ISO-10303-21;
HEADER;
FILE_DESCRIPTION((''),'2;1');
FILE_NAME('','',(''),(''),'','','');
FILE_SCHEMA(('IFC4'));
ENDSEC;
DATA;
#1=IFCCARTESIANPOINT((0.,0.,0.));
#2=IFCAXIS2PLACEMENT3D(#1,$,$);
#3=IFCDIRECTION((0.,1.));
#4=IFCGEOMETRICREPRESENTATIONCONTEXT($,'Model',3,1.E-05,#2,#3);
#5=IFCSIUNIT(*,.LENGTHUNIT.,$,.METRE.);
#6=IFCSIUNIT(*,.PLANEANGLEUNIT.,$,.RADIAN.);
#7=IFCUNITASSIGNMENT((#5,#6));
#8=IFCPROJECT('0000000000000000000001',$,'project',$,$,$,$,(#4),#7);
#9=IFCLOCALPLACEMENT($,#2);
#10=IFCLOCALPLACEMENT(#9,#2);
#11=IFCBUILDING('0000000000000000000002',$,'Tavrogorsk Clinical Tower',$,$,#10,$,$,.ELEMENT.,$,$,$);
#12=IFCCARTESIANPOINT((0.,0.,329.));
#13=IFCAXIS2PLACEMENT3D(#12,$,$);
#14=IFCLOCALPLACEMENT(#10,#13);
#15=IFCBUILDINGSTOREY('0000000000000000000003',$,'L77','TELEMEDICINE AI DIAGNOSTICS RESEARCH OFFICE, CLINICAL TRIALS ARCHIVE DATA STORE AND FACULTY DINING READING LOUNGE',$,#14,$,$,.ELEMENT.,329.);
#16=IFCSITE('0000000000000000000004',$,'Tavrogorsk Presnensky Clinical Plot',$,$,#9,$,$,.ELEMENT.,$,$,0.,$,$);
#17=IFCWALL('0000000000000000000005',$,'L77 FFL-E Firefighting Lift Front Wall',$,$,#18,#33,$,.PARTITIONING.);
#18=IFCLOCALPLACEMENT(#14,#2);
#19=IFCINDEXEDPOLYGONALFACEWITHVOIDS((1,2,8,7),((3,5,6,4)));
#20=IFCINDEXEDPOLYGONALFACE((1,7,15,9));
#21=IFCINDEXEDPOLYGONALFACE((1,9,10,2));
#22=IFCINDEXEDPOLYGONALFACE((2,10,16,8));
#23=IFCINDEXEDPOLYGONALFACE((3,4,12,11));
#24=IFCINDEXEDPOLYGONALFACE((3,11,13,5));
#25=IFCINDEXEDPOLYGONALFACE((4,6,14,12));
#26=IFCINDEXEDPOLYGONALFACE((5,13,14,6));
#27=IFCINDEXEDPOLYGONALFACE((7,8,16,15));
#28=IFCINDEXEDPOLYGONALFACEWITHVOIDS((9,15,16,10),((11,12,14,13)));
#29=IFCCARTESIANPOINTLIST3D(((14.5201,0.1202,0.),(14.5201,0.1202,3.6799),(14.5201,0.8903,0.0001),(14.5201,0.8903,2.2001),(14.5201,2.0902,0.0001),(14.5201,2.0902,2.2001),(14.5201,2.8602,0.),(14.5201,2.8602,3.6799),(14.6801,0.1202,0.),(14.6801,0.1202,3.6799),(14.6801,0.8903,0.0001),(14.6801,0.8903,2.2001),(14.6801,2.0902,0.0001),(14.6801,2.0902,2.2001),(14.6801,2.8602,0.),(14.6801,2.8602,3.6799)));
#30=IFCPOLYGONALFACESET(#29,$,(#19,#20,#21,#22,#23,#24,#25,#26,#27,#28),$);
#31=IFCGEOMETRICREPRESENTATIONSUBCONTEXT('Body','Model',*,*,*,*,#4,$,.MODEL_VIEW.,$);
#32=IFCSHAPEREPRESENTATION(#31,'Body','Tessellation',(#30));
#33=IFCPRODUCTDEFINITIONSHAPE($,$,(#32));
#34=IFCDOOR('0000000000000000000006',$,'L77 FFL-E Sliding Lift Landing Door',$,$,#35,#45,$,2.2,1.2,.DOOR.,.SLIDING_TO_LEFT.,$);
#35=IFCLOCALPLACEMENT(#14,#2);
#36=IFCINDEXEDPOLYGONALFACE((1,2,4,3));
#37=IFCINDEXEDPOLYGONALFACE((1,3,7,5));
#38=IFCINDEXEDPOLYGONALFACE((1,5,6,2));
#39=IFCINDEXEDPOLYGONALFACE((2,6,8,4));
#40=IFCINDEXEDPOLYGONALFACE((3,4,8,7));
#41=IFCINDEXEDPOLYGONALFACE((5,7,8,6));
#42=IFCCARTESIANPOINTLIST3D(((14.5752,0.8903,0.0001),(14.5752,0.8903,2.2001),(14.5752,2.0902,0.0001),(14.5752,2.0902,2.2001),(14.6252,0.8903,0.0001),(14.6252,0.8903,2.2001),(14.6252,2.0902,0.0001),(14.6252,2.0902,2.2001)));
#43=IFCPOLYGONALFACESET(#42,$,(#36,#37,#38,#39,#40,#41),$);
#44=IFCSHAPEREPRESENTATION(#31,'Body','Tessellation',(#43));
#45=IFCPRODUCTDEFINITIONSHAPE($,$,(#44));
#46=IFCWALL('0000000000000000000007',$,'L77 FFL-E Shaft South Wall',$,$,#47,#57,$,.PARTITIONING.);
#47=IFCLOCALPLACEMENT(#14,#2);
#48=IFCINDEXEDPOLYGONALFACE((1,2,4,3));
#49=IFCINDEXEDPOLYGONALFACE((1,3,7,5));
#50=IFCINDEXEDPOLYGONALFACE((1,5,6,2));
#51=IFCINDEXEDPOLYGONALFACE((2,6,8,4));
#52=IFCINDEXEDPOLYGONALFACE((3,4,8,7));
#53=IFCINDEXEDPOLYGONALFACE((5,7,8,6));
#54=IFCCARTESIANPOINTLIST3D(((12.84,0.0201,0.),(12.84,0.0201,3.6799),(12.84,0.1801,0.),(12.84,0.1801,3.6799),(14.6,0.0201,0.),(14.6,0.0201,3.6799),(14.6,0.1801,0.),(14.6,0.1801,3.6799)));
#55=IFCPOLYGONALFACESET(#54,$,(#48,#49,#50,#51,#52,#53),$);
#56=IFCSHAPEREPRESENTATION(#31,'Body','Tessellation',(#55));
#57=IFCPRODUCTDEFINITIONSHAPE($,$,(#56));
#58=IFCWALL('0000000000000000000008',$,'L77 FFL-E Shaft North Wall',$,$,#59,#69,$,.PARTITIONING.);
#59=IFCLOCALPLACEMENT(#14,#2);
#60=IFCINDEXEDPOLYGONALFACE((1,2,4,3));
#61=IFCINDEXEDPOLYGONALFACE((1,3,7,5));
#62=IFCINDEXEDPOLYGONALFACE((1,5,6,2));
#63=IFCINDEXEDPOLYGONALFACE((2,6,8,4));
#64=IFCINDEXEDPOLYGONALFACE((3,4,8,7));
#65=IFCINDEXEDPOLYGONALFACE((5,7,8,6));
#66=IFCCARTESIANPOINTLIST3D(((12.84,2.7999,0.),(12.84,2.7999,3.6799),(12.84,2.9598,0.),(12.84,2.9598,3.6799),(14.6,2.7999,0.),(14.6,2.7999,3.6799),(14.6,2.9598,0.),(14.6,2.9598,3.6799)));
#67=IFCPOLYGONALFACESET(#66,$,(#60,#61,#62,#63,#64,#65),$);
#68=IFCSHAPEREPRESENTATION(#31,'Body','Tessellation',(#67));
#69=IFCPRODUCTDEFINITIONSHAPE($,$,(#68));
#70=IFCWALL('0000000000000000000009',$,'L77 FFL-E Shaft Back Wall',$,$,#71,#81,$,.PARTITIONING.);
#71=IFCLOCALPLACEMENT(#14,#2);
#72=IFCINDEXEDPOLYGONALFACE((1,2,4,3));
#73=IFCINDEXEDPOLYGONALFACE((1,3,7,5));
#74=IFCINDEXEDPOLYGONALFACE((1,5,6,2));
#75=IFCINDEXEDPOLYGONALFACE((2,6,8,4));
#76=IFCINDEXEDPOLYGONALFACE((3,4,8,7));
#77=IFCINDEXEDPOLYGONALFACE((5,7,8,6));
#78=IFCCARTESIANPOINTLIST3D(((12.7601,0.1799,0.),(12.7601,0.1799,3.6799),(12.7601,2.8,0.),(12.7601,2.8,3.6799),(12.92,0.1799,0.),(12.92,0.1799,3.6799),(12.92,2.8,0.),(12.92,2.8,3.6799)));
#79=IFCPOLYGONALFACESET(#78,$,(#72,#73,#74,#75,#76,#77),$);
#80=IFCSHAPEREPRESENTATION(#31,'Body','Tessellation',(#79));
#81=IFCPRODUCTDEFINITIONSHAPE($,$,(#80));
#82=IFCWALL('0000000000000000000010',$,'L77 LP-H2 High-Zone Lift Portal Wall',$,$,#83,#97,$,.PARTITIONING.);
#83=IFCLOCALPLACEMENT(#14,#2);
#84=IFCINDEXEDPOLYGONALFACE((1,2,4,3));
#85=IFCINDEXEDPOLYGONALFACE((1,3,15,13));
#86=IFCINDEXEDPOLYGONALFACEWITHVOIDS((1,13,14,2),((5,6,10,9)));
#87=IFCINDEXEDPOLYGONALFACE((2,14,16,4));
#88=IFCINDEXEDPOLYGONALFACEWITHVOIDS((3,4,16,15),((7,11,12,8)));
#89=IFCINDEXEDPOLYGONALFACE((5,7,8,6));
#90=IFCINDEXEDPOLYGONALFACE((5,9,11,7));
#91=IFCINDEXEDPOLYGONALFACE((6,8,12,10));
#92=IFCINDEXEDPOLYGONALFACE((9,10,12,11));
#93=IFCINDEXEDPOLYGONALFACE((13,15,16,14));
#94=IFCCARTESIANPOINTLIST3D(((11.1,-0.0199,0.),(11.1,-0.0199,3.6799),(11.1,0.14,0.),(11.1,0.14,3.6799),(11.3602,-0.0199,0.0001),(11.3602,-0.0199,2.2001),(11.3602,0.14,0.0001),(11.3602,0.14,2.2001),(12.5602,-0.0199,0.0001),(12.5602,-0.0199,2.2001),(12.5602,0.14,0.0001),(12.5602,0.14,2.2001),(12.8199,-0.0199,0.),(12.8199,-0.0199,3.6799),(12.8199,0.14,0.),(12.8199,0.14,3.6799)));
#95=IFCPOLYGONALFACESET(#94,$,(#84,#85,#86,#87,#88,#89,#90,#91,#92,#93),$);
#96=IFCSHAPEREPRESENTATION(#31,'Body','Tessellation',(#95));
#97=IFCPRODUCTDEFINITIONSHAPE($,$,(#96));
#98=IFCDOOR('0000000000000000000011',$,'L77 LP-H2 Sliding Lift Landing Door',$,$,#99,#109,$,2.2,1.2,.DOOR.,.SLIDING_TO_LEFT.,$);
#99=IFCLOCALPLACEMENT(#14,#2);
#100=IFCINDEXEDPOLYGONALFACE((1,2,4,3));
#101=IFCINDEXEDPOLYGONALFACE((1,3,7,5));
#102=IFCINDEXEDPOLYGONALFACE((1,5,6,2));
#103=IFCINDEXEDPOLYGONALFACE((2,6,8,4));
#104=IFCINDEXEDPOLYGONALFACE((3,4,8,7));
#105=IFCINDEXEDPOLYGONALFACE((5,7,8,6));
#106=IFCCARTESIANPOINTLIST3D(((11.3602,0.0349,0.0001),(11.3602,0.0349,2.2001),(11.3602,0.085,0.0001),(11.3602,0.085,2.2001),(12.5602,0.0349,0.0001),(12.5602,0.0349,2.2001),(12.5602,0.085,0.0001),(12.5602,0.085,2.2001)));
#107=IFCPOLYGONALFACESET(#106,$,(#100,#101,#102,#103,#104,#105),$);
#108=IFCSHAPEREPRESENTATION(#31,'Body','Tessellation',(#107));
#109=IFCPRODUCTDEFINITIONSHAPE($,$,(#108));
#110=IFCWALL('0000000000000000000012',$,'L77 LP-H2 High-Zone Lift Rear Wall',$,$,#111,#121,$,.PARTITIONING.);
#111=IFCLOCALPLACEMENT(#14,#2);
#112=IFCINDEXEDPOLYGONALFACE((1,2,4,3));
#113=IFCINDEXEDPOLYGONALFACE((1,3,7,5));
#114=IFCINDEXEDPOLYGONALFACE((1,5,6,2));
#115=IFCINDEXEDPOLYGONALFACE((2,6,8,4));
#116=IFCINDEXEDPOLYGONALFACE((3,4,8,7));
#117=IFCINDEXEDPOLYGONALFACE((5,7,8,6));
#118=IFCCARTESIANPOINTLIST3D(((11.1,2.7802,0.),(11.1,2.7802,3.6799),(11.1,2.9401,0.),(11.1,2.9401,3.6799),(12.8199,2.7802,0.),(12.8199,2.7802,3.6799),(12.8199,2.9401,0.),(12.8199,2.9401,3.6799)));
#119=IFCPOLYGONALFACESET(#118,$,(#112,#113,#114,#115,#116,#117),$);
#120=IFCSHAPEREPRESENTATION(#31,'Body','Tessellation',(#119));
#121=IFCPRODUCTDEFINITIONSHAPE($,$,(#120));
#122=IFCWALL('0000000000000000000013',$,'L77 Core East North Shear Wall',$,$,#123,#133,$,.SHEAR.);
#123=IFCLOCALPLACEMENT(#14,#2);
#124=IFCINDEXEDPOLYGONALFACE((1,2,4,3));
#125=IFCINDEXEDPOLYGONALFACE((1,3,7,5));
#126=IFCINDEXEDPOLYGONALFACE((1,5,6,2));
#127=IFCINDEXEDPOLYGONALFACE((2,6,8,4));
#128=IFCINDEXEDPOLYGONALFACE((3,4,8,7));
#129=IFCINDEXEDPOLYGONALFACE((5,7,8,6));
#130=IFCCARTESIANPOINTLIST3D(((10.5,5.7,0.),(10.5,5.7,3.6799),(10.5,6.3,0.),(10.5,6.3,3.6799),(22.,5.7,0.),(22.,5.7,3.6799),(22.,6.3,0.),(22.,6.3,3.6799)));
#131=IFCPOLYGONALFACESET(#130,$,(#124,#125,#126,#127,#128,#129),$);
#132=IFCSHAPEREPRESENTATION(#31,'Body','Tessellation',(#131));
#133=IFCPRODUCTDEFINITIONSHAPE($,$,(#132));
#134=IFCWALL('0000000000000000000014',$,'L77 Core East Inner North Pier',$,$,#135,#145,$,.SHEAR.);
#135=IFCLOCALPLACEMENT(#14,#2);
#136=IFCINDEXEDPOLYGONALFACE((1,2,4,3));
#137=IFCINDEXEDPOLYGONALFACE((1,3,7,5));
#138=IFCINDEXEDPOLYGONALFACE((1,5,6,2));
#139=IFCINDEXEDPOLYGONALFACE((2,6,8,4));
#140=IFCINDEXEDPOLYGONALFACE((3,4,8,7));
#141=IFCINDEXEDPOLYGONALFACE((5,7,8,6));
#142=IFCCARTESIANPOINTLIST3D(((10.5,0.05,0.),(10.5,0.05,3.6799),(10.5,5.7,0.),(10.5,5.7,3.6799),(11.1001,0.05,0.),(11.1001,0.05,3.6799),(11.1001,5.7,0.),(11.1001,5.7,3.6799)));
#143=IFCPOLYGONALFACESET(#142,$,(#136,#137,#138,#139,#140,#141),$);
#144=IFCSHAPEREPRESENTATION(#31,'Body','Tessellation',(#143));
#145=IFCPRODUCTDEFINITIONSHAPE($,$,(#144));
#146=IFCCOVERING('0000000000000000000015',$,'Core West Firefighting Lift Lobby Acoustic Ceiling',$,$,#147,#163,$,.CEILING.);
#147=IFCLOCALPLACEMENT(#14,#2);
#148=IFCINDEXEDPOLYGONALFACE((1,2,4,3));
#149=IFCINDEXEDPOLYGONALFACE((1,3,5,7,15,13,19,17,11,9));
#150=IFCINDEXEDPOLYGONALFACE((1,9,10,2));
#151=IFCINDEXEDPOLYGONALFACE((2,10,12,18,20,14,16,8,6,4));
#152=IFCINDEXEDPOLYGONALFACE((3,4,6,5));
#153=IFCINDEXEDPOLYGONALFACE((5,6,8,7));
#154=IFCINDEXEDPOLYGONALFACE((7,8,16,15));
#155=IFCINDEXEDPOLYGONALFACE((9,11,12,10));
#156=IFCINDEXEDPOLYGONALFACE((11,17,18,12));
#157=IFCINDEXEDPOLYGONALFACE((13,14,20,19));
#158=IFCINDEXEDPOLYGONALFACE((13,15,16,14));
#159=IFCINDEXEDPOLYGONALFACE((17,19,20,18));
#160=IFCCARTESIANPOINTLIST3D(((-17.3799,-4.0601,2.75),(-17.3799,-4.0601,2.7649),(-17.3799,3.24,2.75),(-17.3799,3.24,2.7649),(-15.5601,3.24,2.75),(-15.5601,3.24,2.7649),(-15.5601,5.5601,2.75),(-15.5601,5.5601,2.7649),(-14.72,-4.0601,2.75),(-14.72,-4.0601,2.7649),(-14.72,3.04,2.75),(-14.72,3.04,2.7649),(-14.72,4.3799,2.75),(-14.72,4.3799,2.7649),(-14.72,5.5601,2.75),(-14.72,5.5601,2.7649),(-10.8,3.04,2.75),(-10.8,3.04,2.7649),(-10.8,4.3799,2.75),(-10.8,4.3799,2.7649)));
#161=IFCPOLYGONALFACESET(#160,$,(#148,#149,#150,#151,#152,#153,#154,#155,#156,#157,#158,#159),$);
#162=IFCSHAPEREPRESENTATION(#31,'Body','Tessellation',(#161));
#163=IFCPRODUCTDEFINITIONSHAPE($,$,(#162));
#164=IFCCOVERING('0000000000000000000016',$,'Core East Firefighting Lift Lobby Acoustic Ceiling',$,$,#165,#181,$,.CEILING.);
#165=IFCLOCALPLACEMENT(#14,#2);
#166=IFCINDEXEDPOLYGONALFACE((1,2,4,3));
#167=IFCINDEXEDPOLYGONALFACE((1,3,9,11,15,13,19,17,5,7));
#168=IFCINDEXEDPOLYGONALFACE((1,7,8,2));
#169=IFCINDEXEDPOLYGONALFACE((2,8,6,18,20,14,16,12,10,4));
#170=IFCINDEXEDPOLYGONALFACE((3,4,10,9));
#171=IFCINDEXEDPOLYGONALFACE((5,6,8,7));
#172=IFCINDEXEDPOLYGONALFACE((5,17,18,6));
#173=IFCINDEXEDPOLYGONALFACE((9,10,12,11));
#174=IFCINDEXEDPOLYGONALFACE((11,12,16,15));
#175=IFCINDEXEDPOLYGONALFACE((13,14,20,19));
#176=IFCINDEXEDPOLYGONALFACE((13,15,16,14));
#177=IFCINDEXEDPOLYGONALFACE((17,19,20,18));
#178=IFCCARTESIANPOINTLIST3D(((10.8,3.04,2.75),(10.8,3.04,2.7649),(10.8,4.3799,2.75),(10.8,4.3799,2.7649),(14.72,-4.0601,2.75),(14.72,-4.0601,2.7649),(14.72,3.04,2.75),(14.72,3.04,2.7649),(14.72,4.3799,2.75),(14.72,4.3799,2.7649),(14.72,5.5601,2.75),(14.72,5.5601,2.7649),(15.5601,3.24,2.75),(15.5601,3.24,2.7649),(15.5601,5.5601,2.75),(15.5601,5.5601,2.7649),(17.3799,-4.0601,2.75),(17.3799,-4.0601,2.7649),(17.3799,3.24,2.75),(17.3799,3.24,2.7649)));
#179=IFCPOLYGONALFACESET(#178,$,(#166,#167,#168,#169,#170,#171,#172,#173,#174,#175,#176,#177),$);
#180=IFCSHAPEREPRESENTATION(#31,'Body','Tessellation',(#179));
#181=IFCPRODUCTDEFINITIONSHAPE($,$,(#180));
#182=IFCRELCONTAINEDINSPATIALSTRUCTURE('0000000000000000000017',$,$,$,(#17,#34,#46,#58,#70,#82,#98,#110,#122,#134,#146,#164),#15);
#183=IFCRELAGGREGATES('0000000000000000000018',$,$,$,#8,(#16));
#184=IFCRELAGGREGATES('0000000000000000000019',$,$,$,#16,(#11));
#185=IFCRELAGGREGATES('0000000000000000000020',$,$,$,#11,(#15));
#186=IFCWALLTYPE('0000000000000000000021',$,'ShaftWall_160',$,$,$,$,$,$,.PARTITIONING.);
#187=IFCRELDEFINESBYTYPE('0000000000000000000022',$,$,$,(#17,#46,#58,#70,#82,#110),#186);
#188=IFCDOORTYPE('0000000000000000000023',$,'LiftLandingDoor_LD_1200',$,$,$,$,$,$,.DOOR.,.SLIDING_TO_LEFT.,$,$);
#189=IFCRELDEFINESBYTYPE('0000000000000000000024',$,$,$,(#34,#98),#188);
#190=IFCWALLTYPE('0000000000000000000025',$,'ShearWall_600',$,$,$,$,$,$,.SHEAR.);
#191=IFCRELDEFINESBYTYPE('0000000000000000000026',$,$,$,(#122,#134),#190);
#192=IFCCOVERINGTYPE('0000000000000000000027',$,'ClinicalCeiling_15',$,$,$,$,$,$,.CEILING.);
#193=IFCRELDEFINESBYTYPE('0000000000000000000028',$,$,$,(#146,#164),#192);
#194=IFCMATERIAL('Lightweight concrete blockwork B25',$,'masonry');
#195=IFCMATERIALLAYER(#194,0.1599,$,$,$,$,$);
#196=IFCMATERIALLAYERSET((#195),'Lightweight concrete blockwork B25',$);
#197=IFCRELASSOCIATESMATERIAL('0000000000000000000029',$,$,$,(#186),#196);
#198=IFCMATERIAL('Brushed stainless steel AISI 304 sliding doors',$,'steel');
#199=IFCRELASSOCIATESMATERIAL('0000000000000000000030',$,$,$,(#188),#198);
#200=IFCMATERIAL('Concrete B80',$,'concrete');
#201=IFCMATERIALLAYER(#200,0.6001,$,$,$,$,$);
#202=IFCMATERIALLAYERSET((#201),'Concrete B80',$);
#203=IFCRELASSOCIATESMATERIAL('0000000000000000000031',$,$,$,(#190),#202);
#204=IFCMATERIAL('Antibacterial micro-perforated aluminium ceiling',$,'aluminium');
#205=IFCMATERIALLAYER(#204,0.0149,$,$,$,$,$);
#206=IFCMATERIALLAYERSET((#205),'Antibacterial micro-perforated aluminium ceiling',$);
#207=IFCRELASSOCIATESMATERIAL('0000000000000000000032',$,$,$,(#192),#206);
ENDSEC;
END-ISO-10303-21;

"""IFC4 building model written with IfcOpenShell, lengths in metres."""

from ifc_helpers import new_model, si_unit, direction, frame, frame_2d, origin, place, context, subcontext, project, spatial, polyline, rectangle, outline, extrude, material, layer, layer_set, type_object, element, fill, save


model = new_model("IFC4")

# Units and contexts
model_context = context("Model", 3, precision=1e-05, world=origin(), true_north=direction((0.0, 1.0)))
body_context = subcontext(model_context, "Body", "Model", "MODEL_VIEW")
ifc_project = project(units=[si_unit("LENGTHUNIT", "METRE"), si_unit("PLANEANGLEUNIT", "RADIAN")], contexts=[model_context])

# Site, building, storey
site_placement = place(None, origin())
site = spatial("IfcSite", under=ifc_project, at=site_placement, Name="Tavrogorsk Presnensky Clinical Plot", CompositionType="ELEMENT", RefElevation=0.0)
building_placement = place(site_placement, origin())
building = spatial("IfcBuilding", under=site, at=building_placement, Name="Tavrogorsk Clinical Tower", CompositionType="ELEMENT")
storey_placement = place(building_placement, frame((0.0, 0.0, 329.0)))
storey = spatial("IfcBuildingStorey", under=building, at=storey_placement, Name="L77", Description="TELEMEDICINE AI DIAGNOSTICS RESEARCH OFFICE, CLINICAL TRIALS ARCHIVE DATA STORE AND FACULTY DINING READING LOUNGE", CompositionType="ELEMENT", Elevation=329.0)

# Wall, opening, door
ifc_material_1 = material(Name="Lightweight concrete blockwork B25", Category="masonry")
ifc_layer_1 = layer(ifc_material_1, 0.1599)
ifc_layer_set_1 = layer_set([ifc_layer_1], Name="Lightweight concrete blockwork B25")
wall_type_1 = type_object("IfcWallType", Name="ShaftWall_160", PredefinedType="PARTITIONING", material=ifc_layer_set_1)
wall_1_placement = place(storey_placement, frame((14.6001, 0.1201, 0.0), z_axis=(0.0, 0.0, 1.0), x_axis=(0.0, 1.0, 0.0)))
wall_1 = element("IfcWall", 1, at=wall_1_placement, inside=storey, type_object=wall_type_1, Name="L77 FFL-E Firefighting Lift Front Wall", PredefinedType="PARTITIONING", context=body_context, shape_type="SweptSolid", body=[
    extrude(rectangle(XDim=2.74, YDim=0.1599, at=frame_2d((1.3701, 0.0))), origin(), (0.0, 0.0, 1.0), 3.6799),
])
opening_1_placement = place(wall_1_placement, frame((0.77, 0.0, 0.0)))
opening_1 = element("IfcOpeningElement", 2, at=opening_1_placement, cuts=wall_1, PredefinedType="OPENING", context=body_context, shape_type="SweptSolid", body=[
    extrude(rectangle(XDim=1.2, YDim=2.2, at=frame_2d((0.6001, 1.1001))), frame((0.0, 0.0898, 0.0), z_axis=(0.0, -1.0, 0.0), x_axis=(1.0, 0.0, 0.0)), (0.0, 0.0, 1.0), 0.1799),
])
ifc_material_2 = material(Name="Brushed stainless steel AISI 304 sliding doors", Category="steel")
door_type_1 = type_object("IfcDoorType", Name="LiftLandingDoor_LD_1200", OperationType="SLIDING_TO_LEFT", PredefinedType="DOOR", material=ifc_material_2)
door_1_placement = place(opening_1_placement, origin())
door_1 = element("IfcDoor", 3, at=door_1_placement, inside=storey, type_object=door_type_1, Name="L77 FFL-E Sliding Lift Landing Door", OperationType="SLIDING_TO_LEFT", OverallHeight=2.2, OverallWidth=1.2, PredefinedType="DOOR", context=body_context, shape_type="SweptSolid", body=[
    extrude(rectangle(XDim=1.2, YDim=2.2, at=frame_2d((0.6001, 1.1001))), frame((0.0, 0.0249, 0.0), z_axis=(0.0, -1.0, 0.0), x_axis=(1.0, 0.0, 0.0)), (0.0, 0.0, 1.0), 0.05),
])
fill(opening_1, door_1)

# Walls
for number, where, z_axis, x_axis, name in (
    (4, (12.8401, 0.1001, 0.0), (0.0, 0.0, 1.0), (1.0, 0.0, 0.0), "L77 FFL-E Shaft South Wall"),
    (5, (12.8401, 2.8799, 0.0), (0.0, 0.0, 1.0), (1.0, 0.0, 0.0), "L77 FFL-E Shaft North Wall"),
):
    element("IfcWall", number, at=place(storey_placement, frame(where, z_axis=z_axis, x_axis=x_axis)), inside=storey, type_object=wall_type_1, Name=name, PredefinedType="PARTITIONING", context=body_context, shape_type="SweptSolid", body=[
        extrude(rectangle(XDim=1.76, YDim=0.1599, at=frame_2d((0.8799, 0.0))), origin(), (0.0, 0.0, 1.0), 3.6799),
    ])
wall_2_placement = place(storey_placement, frame((12.8401, 0.1799, 0.0), z_axis=(0.0, 0.0, 1.0), x_axis=(0.0, 1.0, 0.0)))
element("IfcWall", 6, at=wall_2_placement, inside=storey, type_object=wall_type_1, Name="L77 FFL-E Shaft Back Wall", PredefinedType="PARTITIONING", context=body_context, shape_type="SweptSolid", body=[
    extrude(rectangle(XDim=2.6201, YDim=0.1599, at=frame_2d((1.3101, 0.0))), origin(), (0.0, 0.0, 1.0), 3.6799),
])

# Wall, opening, door
wall_3_placement = place(storey_placement, frame((11.1001, 0.0601, 0.0), z_axis=(0.0, 0.0, 1.0), x_axis=(1.0, 0.0, 0.0)))
wall_3 = element("IfcWall", 7, at=wall_3_placement, inside=storey, type_object=wall_type_1, Name="L77 LP-H2 High-Zone Lift Portal Wall", PredefinedType="PARTITIONING", context=body_context, shape_type="SweptSolid", body=[
    extrude(rectangle(XDim=1.72, YDim=0.1599, at=frame_2d((0.8599, 0.0))), origin(), (0.0, 0.0, 1.0), 3.6799),
])
opening_2_placement = place(wall_3_placement, frame((0.26, 0.0, 0.0)))
opening_2 = element("IfcOpeningElement", 8, at=opening_2_placement, cuts=wall_3, PredefinedType="OPENING", context=body_context, shape_type="SweptSolid", body=[
    extrude(rectangle(XDim=1.2, YDim=2.2, at=frame_2d((0.6001, 1.1001))), frame((0.0, 0.0898, 0.0), z_axis=(0.0, -1.0, 0.0), x_axis=(1.0, 0.0, 0.0)), (0.0, 0.0, 1.0), 0.1799),
])
door_2_placement = place(opening_2_placement, origin())
door_2 = element("IfcDoor", 9, at=door_2_placement, inside=storey, type_object=door_type_1, Name="L77 LP-H2 Sliding Lift Landing Door", OperationType="SLIDING_TO_LEFT", OverallHeight=2.2, OverallWidth=1.2, PredefinedType="DOOR", context=body_context, shape_type="SweptSolid", body=[
    extrude(rectangle(XDim=1.2, YDim=2.2, at=frame_2d((0.6001, 1.1001))), frame((0.0, 0.0249, 0.0), z_axis=(0.0, -1.0, 0.0), x_axis=(1.0, 0.0, 0.0)), (0.0, 0.0, 1.0), 0.05),
])
fill(opening_2, door_2)

# Walls
wall_4_placement = place(storey_placement, frame((11.1001, 2.8601, 0.0), z_axis=(0.0, 0.0, 1.0), x_axis=(1.0, 0.0, 0.0)))
element("IfcWall", 10, at=wall_4_placement, inside=storey, type_object=wall_type_1, Name="L77 LP-H2 High-Zone Lift Rear Wall", PredefinedType="PARTITIONING", context=body_context, shape_type="SweptSolid", body=[
    extrude(rectangle(XDim=1.72, YDim=0.1599, at=frame_2d((0.8599, 0.0))), origin(), (0.0, 0.0, 1.0), 3.6799),
])
ifc_material_3 = material(Name="Concrete B80", Category="concrete")
ifc_layer_2 = layer(ifc_material_3, 0.6001)
ifc_layer_set_2 = layer_set([ifc_layer_2], Name="Concrete B80")
wall_type_2 = type_object("IfcWallType", Name="ShearWall_600", PredefinedType="SHEAR", material=ifc_layer_set_2)
wall_5_placement = place(storey_placement, frame((10.5, 6.0, 0.0), z_axis=(0.0, 0.0, 1.0), x_axis=(1.0, 0.0, 0.0)))
element("IfcWall", 11, at=wall_5_placement, inside=storey, type_object=wall_type_2, Name="L77 Core East North Shear Wall", PredefinedType="SHEAR", context=body_context, shape_type="SweptSolid", body=[
    extrude(rectangle(XDim=11.5, YDim=0.6001, at=frame_2d((5.75, 0.0))), origin(), (0.0, 0.0, 1.0), 3.6799),
])
wall_6_placement = place(storey_placement, frame((10.8, 0.05, 0.0), z_axis=(0.0, 0.0, 1.0), x_axis=(0.0, 1.0, 0.0)))
element("IfcWall", 12, at=wall_6_placement, inside=storey, type_object=wall_type_2, Name="L77 Core East Inner North Pier", PredefinedType="SHEAR", context=body_context, shape_type="SweptSolid", body=[
    extrude(rectangle(XDim=5.6499, YDim=0.6001, at=frame_2d((2.825, 0.0))), origin(), (0.0, 0.0, 1.0), 3.6799),
])

# Coverings
ifc_material_4 = material(Name="Antibacterial micro-perforated aluminium ceiling", Category="aluminium")
ifc_layer_3 = layer(ifc_material_4, 0.0149)
ifc_layer_set_3 = layer_set([ifc_layer_3], Name="Antibacterial micro-perforated aluminium ceiling")
covering_type_1 = type_object("IfcCoveringType", Name="ClinicalCeiling_15", PredefinedType="CEILING", material=ifc_layer_set_3)
covering_1_placement = place(storey_placement, frame((0.0, 0.0, 2.75)))
element("IfcCovering", 13, at=covering_1_placement, inside=storey, type_object=covering_type_1, Name="Core West Firefighting Lift Lobby Acoustic Ceiling", PredefinedType="CEILING", context=body_context, shape_type="SweptSolid", body=[
    extrude(outline(polyline([(-14.72, 4.3799), (-10.8, 4.3799), (-10.8, 3.04), (-14.72, 3.04), (-14.72, -4.0601), (-17.3799, -4.0601), (-17.3799, 3.24), (-15.5601, 3.24), (-15.5601, 5.5601), (-14.72, 5.5601), (-14.72, 4.3799)])), origin(), (0.0, 0.0, 1.0), 0.0149),
])
covering_2_placement = place(storey_placement, frame((0.0, 0.0, 2.75)))
element("IfcCovering", 14, at=covering_2_placement, inside=storey, type_object=covering_type_1, Name="Core East Firefighting Lift Lobby Acoustic Ceiling", PredefinedType="CEILING", context=body_context, shape_type="SweptSolid", body=[
    extrude(outline(polyline([(14.72, -4.0601), (14.72, 3.04), (10.8, 3.04), (10.8, 4.3799), (14.72, 4.3799), (14.72, 5.5601), (15.5601, 5.5601), (15.5601, 3.24), (17.3799, 3.24), (17.3799, -4.0601), (14.72, -4.0601)])), origin(), (0.0, 0.0, 1.0), 0.0149),
])

save(model, "model.ifc")
